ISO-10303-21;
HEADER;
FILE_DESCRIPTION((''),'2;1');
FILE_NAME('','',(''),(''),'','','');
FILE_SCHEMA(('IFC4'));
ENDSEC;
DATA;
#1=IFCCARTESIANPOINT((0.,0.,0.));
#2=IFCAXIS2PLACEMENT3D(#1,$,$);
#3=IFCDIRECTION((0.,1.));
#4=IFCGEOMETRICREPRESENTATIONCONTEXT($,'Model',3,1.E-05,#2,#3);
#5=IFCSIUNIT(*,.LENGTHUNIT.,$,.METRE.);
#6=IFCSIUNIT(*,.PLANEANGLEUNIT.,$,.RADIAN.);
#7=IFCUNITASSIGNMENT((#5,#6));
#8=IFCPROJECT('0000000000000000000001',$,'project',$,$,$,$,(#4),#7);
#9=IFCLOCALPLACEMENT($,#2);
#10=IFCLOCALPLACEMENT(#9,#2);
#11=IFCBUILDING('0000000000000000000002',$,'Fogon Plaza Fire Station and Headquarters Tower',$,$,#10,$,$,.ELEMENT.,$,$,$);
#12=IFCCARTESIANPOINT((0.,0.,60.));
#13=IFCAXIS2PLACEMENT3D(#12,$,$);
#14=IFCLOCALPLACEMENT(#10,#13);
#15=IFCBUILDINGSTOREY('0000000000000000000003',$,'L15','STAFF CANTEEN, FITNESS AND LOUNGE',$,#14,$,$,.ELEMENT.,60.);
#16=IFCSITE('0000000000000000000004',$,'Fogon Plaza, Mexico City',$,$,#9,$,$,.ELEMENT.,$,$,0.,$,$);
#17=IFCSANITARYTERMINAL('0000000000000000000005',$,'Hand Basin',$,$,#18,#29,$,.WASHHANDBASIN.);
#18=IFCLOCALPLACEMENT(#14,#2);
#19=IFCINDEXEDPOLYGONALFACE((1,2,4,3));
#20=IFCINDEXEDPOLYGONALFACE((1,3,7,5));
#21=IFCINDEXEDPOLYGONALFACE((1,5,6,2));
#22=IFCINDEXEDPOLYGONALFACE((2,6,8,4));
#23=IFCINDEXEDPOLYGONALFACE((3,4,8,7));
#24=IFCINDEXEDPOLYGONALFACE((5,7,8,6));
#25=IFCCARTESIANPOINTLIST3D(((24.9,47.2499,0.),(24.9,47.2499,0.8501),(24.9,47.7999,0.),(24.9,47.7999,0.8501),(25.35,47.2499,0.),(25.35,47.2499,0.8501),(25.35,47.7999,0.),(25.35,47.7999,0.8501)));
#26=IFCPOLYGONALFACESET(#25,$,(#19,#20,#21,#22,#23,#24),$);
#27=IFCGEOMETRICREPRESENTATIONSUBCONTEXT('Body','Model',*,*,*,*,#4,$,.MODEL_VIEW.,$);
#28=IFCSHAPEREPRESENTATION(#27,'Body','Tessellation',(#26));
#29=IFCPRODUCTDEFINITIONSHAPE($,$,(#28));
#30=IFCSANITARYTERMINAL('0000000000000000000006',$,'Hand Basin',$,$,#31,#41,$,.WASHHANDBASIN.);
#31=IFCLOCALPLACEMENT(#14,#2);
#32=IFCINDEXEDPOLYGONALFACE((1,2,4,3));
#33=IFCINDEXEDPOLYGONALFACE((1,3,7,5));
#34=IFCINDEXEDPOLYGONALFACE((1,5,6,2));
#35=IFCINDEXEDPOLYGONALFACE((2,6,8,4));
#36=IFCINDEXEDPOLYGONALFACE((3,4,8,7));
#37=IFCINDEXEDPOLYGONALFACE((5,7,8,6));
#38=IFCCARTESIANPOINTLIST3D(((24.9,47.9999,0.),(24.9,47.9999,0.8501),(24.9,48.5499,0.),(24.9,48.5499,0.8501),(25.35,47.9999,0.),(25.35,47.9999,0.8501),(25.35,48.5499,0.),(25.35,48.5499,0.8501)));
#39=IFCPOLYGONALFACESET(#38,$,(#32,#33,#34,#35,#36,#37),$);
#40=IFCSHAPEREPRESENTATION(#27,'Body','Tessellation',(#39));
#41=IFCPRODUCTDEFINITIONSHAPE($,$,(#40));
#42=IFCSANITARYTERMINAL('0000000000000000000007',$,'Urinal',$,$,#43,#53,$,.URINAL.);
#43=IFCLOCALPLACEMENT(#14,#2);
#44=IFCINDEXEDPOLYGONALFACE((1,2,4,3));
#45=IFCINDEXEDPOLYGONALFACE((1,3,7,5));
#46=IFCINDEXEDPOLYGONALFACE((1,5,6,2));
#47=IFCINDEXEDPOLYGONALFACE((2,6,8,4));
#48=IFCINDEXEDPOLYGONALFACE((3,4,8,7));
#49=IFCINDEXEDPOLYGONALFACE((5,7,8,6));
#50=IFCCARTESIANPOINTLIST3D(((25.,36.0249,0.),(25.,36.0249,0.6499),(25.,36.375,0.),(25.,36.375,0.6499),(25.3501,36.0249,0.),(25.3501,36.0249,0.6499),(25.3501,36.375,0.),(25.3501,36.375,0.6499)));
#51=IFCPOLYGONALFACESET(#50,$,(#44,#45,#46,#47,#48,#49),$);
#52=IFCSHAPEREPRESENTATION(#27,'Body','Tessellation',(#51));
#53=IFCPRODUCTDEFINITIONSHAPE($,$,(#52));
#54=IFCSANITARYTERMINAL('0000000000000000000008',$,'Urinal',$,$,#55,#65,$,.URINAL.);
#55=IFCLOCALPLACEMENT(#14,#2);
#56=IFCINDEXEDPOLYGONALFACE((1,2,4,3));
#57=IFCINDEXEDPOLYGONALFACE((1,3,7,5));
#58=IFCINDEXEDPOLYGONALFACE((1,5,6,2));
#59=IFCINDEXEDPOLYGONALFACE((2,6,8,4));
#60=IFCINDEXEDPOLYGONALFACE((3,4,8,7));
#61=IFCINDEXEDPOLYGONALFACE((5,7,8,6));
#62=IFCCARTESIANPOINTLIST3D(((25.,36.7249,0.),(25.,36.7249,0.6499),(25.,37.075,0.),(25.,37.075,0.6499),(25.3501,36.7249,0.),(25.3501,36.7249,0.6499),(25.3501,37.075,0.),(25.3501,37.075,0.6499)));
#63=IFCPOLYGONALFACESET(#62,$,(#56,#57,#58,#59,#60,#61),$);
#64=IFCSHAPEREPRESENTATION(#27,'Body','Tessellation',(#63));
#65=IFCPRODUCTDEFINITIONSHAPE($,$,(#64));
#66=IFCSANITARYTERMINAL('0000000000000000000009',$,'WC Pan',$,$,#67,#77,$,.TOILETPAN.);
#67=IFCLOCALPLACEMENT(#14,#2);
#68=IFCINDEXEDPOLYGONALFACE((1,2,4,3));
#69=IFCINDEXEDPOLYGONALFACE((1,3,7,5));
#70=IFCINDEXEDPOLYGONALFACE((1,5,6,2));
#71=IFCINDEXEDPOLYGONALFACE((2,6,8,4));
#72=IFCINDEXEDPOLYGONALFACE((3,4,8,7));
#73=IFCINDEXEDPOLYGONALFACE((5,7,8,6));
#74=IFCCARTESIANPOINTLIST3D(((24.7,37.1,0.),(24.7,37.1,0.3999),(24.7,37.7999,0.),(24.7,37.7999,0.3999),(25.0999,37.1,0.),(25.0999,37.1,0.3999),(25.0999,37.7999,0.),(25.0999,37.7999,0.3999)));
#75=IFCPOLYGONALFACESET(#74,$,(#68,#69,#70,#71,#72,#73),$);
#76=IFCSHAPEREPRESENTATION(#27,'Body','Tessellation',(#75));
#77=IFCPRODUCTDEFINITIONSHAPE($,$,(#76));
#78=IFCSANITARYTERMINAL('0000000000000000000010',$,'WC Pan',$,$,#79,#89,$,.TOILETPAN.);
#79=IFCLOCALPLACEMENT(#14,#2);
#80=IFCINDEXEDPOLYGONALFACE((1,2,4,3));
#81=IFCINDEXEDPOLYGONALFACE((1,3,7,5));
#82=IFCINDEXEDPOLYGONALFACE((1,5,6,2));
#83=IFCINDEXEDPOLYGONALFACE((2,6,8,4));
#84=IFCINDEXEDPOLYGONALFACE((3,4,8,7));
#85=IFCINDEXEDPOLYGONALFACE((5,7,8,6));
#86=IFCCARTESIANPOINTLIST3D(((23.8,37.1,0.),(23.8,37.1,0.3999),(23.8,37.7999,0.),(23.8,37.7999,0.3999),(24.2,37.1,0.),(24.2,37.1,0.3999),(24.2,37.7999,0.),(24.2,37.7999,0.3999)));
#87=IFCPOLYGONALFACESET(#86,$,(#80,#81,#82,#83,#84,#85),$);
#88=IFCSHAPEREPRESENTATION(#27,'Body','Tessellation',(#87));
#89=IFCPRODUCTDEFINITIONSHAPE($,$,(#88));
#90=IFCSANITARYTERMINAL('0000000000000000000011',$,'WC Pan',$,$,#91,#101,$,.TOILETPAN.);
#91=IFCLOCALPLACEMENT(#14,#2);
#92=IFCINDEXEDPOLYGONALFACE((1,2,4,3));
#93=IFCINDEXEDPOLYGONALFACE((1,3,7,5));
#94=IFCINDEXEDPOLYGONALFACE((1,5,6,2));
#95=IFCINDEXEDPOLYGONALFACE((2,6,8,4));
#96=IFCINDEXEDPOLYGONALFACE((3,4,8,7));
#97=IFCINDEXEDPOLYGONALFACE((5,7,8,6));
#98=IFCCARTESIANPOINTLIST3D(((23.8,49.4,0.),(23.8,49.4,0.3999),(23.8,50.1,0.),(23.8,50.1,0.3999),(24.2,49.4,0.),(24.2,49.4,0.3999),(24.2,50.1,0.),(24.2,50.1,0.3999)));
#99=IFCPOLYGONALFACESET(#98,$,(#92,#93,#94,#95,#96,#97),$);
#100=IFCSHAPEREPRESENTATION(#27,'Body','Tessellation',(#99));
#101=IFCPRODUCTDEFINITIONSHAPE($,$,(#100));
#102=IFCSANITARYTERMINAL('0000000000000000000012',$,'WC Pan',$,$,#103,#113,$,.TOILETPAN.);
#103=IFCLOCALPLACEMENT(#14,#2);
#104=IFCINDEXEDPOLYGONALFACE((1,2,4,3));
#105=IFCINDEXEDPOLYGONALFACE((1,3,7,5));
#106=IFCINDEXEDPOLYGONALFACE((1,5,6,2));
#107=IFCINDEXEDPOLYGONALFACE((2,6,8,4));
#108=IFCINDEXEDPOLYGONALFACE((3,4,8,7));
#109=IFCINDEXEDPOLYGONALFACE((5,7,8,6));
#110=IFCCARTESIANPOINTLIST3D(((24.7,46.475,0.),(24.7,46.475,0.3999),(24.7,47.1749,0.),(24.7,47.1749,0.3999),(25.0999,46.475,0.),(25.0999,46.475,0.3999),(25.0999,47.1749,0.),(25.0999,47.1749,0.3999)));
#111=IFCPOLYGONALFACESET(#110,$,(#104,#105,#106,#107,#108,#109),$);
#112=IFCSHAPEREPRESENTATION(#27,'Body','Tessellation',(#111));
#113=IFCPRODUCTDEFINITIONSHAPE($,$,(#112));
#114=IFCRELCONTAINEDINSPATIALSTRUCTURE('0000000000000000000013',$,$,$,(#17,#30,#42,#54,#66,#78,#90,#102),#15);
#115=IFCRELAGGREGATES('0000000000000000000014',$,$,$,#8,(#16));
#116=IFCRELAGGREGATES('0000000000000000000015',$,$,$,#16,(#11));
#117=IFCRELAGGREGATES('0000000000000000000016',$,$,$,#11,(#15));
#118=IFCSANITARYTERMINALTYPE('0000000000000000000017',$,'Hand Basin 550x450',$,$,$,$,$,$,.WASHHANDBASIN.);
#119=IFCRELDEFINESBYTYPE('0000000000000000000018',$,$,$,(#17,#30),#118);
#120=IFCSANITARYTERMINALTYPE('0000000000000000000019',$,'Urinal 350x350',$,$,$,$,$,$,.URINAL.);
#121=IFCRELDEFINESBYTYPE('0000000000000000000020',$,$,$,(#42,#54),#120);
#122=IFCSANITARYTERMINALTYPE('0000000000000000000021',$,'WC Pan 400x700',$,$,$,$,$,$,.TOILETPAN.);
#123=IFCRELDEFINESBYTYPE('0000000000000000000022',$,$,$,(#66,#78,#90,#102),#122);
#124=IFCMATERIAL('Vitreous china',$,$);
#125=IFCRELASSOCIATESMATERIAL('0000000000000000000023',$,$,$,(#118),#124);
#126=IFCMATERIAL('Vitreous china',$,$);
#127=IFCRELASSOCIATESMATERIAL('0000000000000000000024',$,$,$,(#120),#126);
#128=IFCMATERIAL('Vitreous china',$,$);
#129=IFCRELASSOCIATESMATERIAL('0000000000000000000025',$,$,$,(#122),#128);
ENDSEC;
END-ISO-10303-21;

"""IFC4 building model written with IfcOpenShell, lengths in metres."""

from ifc_helpers import new_model, si_unit, direction, frame, origin, origin_2d, place, context, subcontext, project, spatial, rectangle, extrude, material, type_object, element, save


model = new_model("IFC4")

# Units and contexts
model_context = context("Model", 3, precision=1e-05, world=origin(), true_north=direction((0.0, 1.0)))
body_context = subcontext(model_context, "Body", "Model", "MODEL_VIEW")
ifc_project = project(units=[si_unit("LENGTHUNIT", "METRE"), si_unit("PLANEANGLEUNIT", "RADIAN")], contexts=[model_context])

# Site, building, storey
site_placement = place(None, origin())
site = spatial("IfcSite", under=ifc_project, at=site_placement, Name="Fogon Plaza, Mexico City", CompositionType="ELEMENT", RefElevation=0.0)
building_placement = place(site_placement, origin())
building = spatial("IfcBuilding", under=site, at=building_placement, Name="Fogon Plaza Fire Station and Headquarters Tower", CompositionType="ELEMENT")
storey_placement = place(building_placement, frame((0.0, 0.0, 60.0)))
storey = spatial("IfcBuildingStorey", under=building, at=storey_placement, Name="L15", Description="STAFF CANTEEN, FITNESS AND LOUNGE", CompositionType="ELEMENT", Elevation=60.0)

# Sanitary terminals
ifc_material_1 = material(Name="Vitreous china")
sanitary_terminal_type_1 = type_object("IfcSanitaryTerminalType", Name="Hand Basin 550x450", PredefinedType="WASHHANDBASIN", material=ifc_material_1)
for number, where, z_axis, x_axis, name in (
    (1, (25.125, 47.5249, 0.0), (0.0, 0.0, 1.0), (1.0, 0.0, 0.0), "Hand Basin"),
    (2, (25.125, 48.2749, 0.0), (0.0, 0.0, 1.0), (1.0, 0.0, 0.0), "Hand Basin"),
):
    element("IfcSanitaryTerminal", number, at=place(storey_placement, frame(where, z_axis=z_axis, x_axis=x_axis)), inside=storey, type_object=sanitary_terminal_type_1, Name=name, PredefinedType="WASHHANDBASIN", context=body_context, shape_type="SweptSolid", body=[
        extrude(rectangle(XDim=0.45, YDim=0.55, at=origin_2d()), origin(), (0.0, 0.0, 1.0), 0.8501),
    ])
ifc_material_2 = material(Name="Vitreous china")
sanitary_terminal_type_2 = type_object("IfcSanitaryTerminalType", Name="Urinal 350x350", PredefinedType="URINAL", material=ifc_material_2)
for number, where, z_axis, x_axis, name in (
    (3, (25.175, 36.2, 0.0), (0.0, 0.0, 1.0), (1.0, 0.0, 0.0), "Urinal"),
    (4, (25.175, 36.8999, 0.0), (0.0, 0.0, 1.0), (1.0, 0.0, 0.0), "Urinal"),
):
    element("IfcSanitaryTerminal", number, at=place(storey_placement, frame(where, z_axis=z_axis, x_axis=x_axis)), inside=storey, type_object=sanitary_terminal_type_2, Name=name, PredefinedType="URINAL", context=body_context, shape_type="SweptSolid", body=[
        extrude(rectangle(XDim=0.3501, YDim=0.3501, at=origin_2d()), origin(), (0.0, 0.0, 1.0), 0.6499),
    ])
ifc_material_3 = material(Name="Vitreous china")
sanitary_terminal_type_3 = type_object("IfcSanitaryTerminalType", Name="WC Pan 400x700", PredefinedType="TOILETPAN", material=ifc_material_3)
for number, where, z_axis, x_axis, name in (
    (5, (24.8999, 37.45, 0.0), (0.0, 0.0, 1.0), (1.0, 0.0, 0.0), "WC Pan"),
    (6, (24.0, 37.45, 0.0), (0.0, 0.0, 1.0), (1.0, 0.0, 0.0), "WC Pan"),
    (7, (24.0, 49.75, 0.0), (0.0, 0.0, 1.0), (1.0, 0.0, 0.0), "WC Pan"),
    (8, (24.8999, 46.825, 0.0), (0.0, 0.0, 1.0), (1.0, 0.0, 0.0), "WC Pan"),
):
    element("IfcSanitaryTerminal", number, at=place(storey_placement, frame(where, z_axis=z_axis, x_axis=x_axis)), inside=storey, type_object=sanitary_terminal_type_3, Name=name, PredefinedType="TOILETPAN", context=body_context, shape_type="SweptSolid", body=[
        extrude(rectangle(XDim=0.3999, YDim=0.7, at=origin_2d()), origin(), (0.0, 0.0, 1.0), 0.3999),
    ])

save(model, "model.ifc")
